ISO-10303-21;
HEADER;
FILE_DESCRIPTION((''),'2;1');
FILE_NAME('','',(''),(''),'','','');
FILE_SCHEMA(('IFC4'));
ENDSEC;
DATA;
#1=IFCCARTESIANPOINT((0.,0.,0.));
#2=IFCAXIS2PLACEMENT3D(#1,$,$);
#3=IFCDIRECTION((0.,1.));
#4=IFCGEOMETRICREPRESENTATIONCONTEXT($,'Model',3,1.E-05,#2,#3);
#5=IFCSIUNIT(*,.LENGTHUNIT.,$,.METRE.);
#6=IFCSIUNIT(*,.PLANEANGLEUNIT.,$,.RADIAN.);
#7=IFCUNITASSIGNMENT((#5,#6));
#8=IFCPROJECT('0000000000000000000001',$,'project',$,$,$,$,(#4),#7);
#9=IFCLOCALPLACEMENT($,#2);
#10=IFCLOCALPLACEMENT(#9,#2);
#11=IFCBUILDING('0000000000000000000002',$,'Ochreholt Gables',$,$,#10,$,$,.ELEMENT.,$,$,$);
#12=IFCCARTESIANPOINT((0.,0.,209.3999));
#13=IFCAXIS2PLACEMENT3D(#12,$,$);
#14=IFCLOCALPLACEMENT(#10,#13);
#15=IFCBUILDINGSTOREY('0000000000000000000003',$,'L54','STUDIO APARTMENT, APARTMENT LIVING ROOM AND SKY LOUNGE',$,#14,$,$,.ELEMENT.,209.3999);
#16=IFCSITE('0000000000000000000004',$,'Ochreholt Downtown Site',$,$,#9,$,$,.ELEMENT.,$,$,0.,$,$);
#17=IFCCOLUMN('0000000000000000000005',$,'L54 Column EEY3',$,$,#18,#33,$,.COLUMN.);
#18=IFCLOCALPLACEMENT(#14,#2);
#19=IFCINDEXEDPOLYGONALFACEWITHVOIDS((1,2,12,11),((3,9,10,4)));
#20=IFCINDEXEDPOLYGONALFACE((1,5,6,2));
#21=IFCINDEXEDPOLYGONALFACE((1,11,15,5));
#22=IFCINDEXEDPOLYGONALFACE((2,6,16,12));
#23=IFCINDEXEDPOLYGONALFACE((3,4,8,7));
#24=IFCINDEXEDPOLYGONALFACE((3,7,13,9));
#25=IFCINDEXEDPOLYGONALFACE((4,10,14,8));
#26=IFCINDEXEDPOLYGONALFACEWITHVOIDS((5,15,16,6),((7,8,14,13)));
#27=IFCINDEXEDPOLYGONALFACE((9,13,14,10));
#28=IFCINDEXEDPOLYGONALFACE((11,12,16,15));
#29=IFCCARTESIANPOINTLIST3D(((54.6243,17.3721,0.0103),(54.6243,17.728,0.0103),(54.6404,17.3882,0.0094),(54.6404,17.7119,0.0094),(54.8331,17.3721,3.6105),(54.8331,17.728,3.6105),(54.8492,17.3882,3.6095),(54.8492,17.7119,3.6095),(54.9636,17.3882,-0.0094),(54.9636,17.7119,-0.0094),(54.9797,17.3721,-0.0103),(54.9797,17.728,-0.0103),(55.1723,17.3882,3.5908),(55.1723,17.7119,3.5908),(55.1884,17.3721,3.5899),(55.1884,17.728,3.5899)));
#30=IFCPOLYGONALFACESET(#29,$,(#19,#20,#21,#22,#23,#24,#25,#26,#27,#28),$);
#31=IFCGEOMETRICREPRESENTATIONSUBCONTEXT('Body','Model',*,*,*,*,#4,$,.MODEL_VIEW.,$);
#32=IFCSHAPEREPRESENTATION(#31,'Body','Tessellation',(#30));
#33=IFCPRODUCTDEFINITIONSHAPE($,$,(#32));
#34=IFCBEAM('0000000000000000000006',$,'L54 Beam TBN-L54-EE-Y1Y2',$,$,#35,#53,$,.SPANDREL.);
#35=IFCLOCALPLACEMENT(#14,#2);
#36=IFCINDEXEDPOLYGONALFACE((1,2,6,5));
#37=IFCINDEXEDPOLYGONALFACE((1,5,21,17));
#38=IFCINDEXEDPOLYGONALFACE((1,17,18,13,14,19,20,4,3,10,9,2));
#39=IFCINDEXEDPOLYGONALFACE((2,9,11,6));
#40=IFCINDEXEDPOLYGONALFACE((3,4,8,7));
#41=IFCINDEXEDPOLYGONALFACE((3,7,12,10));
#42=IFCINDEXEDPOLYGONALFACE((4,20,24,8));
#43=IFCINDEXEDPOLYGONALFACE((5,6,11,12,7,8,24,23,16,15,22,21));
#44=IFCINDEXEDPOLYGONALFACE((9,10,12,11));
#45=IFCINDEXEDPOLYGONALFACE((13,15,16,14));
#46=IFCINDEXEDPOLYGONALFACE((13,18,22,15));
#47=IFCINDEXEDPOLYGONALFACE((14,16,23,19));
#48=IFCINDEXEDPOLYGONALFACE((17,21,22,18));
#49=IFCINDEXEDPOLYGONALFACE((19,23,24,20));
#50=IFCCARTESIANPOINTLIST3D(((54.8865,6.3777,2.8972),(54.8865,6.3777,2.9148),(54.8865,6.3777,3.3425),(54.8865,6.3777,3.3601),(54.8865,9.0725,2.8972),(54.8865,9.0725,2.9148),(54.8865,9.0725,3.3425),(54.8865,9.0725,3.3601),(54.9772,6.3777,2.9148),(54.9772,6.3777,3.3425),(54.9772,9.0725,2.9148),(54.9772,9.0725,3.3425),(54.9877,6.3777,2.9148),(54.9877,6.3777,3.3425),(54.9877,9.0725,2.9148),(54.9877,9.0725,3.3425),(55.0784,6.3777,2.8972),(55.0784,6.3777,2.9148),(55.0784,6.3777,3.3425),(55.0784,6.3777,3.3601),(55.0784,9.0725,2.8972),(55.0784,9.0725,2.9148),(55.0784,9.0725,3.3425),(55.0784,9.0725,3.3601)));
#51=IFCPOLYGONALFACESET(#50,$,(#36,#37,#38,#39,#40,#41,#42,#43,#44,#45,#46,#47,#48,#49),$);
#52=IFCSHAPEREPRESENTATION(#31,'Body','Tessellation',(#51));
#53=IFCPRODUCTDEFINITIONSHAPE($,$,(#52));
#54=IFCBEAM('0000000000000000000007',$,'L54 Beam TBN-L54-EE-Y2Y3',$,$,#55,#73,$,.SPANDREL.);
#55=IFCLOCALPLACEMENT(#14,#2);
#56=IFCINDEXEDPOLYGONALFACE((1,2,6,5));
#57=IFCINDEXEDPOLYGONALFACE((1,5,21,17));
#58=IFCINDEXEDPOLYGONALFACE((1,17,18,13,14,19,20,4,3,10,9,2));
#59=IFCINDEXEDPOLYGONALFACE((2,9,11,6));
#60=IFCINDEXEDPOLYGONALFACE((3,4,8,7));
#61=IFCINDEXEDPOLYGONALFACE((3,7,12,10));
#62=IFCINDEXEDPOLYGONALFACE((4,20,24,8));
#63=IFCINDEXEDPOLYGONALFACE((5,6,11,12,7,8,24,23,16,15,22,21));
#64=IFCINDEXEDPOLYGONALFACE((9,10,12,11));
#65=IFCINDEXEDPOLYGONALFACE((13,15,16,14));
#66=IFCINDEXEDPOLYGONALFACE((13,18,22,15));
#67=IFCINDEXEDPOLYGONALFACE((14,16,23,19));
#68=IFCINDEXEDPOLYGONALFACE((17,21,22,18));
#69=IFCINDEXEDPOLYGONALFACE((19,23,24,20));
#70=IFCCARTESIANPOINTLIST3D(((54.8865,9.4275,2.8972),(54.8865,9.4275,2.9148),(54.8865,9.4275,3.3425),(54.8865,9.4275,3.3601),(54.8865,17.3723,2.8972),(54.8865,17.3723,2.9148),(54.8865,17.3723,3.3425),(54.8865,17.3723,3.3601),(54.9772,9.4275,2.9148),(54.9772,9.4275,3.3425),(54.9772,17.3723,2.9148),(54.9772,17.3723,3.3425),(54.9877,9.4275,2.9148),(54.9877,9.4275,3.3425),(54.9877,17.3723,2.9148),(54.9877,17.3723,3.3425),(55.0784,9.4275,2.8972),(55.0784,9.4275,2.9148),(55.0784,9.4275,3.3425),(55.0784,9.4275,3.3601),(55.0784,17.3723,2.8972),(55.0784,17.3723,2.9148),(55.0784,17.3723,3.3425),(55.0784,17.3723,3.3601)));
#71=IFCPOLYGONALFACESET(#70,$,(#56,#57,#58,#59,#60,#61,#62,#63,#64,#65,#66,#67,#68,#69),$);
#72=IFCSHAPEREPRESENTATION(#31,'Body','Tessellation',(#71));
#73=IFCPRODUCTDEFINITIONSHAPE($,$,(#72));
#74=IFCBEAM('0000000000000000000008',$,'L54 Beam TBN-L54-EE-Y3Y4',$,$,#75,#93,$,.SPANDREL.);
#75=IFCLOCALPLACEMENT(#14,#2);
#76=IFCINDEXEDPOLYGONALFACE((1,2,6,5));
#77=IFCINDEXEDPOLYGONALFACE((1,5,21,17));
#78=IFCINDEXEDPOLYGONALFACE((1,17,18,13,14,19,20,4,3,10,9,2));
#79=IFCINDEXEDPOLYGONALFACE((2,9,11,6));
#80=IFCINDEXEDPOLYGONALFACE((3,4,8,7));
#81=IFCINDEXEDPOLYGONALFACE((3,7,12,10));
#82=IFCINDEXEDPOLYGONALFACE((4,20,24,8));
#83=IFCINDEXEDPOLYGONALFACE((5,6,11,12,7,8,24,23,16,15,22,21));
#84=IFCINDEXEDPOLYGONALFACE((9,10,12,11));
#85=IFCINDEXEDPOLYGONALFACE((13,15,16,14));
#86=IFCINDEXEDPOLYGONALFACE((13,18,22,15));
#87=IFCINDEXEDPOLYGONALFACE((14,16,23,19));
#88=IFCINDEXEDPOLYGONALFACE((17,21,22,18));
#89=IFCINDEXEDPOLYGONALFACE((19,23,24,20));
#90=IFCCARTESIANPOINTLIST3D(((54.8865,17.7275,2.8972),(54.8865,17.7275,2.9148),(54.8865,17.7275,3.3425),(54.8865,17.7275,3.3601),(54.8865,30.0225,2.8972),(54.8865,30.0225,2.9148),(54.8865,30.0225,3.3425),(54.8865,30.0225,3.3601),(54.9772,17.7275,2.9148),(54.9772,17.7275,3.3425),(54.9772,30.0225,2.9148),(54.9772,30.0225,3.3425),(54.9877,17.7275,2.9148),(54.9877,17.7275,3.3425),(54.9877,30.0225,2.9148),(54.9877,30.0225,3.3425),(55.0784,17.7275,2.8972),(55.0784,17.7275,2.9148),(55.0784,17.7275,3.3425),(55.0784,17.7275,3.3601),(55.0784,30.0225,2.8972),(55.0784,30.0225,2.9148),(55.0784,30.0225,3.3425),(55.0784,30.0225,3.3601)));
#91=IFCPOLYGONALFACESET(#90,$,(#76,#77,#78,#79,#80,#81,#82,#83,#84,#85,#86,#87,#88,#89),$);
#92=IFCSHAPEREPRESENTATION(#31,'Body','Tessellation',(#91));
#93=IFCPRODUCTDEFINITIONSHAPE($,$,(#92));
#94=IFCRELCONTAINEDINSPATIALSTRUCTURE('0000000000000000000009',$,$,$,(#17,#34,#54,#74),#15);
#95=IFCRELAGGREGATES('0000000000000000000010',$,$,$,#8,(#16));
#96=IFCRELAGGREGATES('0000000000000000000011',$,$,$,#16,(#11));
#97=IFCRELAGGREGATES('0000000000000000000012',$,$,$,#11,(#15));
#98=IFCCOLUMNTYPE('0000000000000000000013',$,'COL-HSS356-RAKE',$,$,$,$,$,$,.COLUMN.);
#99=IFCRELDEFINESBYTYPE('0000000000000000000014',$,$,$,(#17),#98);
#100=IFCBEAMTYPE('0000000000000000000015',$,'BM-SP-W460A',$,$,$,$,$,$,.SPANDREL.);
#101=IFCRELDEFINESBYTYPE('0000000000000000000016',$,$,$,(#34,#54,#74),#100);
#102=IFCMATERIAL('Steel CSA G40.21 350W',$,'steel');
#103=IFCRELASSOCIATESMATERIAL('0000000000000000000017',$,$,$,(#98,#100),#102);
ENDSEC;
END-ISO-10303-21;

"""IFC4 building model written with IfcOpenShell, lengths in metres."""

from ifc_helpers import new_model, si_unit, direction, frame, origin, origin_2d, place, context, subcontext, project, spatial, hollow_rectangle, i_section, extrude, material, material_profile, profile_set, type_object, element, save


model = new_model("IFC4")

# Units and contexts
model_context = context("Model", 3, precision=1e-05, world=origin(), true_north=direction((0.0, 1.0)))
body_context = subcontext(model_context, "Body", "Model", "MODEL_VIEW")
ifc_project = project(units=[si_unit("LENGTHUNIT", "METRE"), si_unit("PLANEANGLEUNIT", "RADIAN")], contexts=[model_context])

# Site, building, storey
site_placement = place(None, origin())
site = spatial("IfcSite", under=ifc_project, at=site_placement, Name="Ochreholt Downtown Site", CompositionType="ELEMENT", RefElevation=0.0)
building_placement = place(site_placement, origin())
building = spatial("IfcBuilding", under=site, at=building_placement, Name="Ochreholt Gables", CompositionType="ELEMENT")
storey_placement = place(building_placement, frame((0.0, 0.0, 209.3999)))
storey = spatial("IfcBuildingStorey", under=building, at=storey_placement, Name="L54", Description="STUDIO APARTMENT, APARTMENT LIVING ROOM AND SKY LOUNGE", CompositionType="ELEMENT", Elevation=209.3999)

# Column
ifc_material_1 = material(Name="Steel CSA G40.21 350W", Category="steel")
ifc_material_profile_1 = material_profile(ifc_material_1, hollow_rectangle(XDim=0.356, YDim=0.356, WallThickness=0.0161, at=origin_2d()), Name="HSS356X356X16")
ifc_profile_set_1 = profile_set([ifc_material_profile_1], Name="Steel CSA G40.21 350W")
column_type = type_object("IfcColumnType", Name="COL-HSS356-RAKE", PredefinedType="COLUMN", material=ifc_profile_set_1)
column_placement = place(storey_placement, frame((54.802, 17.55, 0.0), z_axis=(0.057885, 0.0, 0.998323), x_axis=(0.0, 1.0, 0.0)))
element("IfcColumn", 1, at=column_placement, inside=storey, type_object=column_type, Name="L54 Column EEY3", PredefinedType="COLUMN", context=body_context, shape_type="SweptSolid", body=[
    extrude(hollow_rectangle(XDim=0.356, YDim=0.356, WallThickness=0.0161, at=origin_2d()), origin(), (0.0, 0.0, 1.0), 3.6062),
])

# Beams
ifc_material_profile_2 = material_profile(ifc_material_1, i_section(OverallWidth=0.1919, OverallDepth=0.4629, WebThickness=0.0105, FlangeThickness=0.0176, at=origin_2d()), Name="W460X89")
ifc_profile_set_2 = profile_set([ifc_material_profile_2], Name="Steel CSA G40.21 350W")
beam_type = type_object("IfcBeamType", Name="BM-SP-W460A", PredefinedType="SPANDREL", material=ifc_profile_set_2)
beam_1_placement = place(storey_placement, frame((54.9824, 6.3777, 3.1287), z_axis=(0.0, 1.0, 0.0), x_axis=(-1.0, 0.0, 0.0)))
element("IfcBeam", 2, at=beam_1_placement, inside=storey, type_object=beam_type, Name="L54 Beam TBN-L54-EE-Y1Y2", PredefinedType="SPANDREL", context=body_context, shape_type="SweptSolid", body=[
    extrude(i_section(OverallWidth=0.1919, OverallDepth=0.4629, WebThickness=0.0105, FlangeThickness=0.0176, at=origin_2d()), origin(), (0.0, 0.0, 1.0), 2.6948),
])
beam_2_placement = place(storey_placement, frame((54.9824, 9.4275, 3.1287), z_axis=(0.0, 1.0, 0.0), x_axis=(-1.0, 0.0, 0.0)))
element("IfcBeam", 3, at=beam_2_placement, inside=storey, type_object=beam_type, Name="L54 Beam TBN-L54-EE-Y2Y3", PredefinedType="SPANDREL", context=body_context, shape_type="SweptSolid", body=[
    extrude(i_section(OverallWidth=0.1919, OverallDepth=0.4629, WebThickness=0.0105, FlangeThickness=0.0176, at=origin_2d()), origin(), (0.0, 0.0, 1.0), 7.9448),
])
beam_3_placement = place(storey_placement, frame((54.9824, 17.7275, 3.1287), z_axis=(0.0, 1.0, 0.0), x_axis=(-1.0, 0.0, 0.0)))
element("IfcBeam", 4, at=beam_3_placement, inside=storey, type_object=beam_type, Name="L54 Beam TBN-L54-EE-Y3Y4", PredefinedType="SPANDREL", context=body_context, shape_type="SweptSolid", body=[
    extrude(i_section(OverallWidth=0.1919, OverallDepth=0.4629, WebThickness=0.0105, FlangeThickness=0.0176, at=origin_2d()), origin(), (0.0, 0.0, 1.0), 12.2949),
])

save(model, "model.ifc")
